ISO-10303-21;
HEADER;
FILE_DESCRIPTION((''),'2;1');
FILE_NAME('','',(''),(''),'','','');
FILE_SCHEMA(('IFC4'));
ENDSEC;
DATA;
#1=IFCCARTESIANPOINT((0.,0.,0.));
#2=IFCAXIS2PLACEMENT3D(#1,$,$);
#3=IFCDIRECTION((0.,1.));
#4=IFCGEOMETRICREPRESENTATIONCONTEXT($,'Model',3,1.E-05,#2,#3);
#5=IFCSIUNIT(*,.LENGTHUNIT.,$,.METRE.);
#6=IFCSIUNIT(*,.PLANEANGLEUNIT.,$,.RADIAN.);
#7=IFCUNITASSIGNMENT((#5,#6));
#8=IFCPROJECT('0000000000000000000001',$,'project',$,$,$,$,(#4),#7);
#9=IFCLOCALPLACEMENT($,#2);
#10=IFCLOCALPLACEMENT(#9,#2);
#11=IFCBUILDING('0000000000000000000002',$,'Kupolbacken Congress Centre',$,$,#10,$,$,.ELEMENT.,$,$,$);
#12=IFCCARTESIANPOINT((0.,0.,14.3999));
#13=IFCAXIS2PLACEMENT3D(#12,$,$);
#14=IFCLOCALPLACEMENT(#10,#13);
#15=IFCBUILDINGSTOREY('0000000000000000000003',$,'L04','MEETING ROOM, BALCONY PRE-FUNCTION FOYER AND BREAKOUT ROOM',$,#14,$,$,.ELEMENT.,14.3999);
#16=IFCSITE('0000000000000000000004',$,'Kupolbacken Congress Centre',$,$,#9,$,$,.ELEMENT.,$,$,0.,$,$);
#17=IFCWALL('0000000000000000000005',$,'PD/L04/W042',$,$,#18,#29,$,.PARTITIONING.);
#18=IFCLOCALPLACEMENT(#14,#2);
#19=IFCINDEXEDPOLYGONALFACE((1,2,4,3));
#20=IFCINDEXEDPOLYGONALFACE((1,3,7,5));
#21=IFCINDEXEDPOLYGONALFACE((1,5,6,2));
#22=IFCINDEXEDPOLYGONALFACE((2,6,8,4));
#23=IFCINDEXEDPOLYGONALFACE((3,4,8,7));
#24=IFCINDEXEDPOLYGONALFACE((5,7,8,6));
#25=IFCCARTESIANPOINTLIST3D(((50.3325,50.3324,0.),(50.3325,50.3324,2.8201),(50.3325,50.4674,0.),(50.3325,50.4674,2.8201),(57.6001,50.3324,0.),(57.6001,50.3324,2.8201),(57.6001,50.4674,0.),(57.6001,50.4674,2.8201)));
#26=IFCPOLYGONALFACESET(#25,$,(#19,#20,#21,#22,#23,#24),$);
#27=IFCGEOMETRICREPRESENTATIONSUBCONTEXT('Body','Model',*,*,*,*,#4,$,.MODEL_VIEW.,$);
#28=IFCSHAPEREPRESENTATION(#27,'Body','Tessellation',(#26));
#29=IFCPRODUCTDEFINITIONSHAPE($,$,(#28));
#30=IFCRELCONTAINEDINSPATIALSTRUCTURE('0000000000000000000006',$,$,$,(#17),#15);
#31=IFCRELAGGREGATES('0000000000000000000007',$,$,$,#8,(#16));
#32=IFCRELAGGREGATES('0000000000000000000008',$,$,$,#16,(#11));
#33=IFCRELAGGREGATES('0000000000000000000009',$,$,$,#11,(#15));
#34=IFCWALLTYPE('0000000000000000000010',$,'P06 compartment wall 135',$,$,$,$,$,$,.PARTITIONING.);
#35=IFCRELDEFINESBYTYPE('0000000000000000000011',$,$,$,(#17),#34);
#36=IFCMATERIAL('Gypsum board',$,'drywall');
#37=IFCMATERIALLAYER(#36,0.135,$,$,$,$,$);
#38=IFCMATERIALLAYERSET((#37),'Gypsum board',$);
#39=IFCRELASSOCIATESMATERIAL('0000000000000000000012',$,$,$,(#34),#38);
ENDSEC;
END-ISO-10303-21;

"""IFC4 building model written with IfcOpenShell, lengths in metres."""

from ifc_helpers import new_model, si_unit, direction, frame, frame_2d, origin, place, context, subcontext, project, spatial, rectangle, extrude, material, layer, layer_set, type_object, element, save


model = new_model("IFC4")

# Units and contexts
model_context = context("Model", 3, precision=1e-05, world=origin(), true_north=direction((0.0, 1.0)))
body_context = subcontext(model_context, "Body", "Model", "MODEL_VIEW")
ifc_project = project(units=[si_unit("LENGTHUNIT", "METRE"), si_unit("PLANEANGLEUNIT", "RADIAN")], contexts=[model_context])

# Site, building, storey
site_placement = place(None, origin())
site = spatial("IfcSite", under=ifc_project, at=site_placement, Name="Kupolbacken Congress Centre", CompositionType="ELEMENT", RefElevation=0.0)
building_placement = place(site_placement, origin())
building = spatial("IfcBuilding", under=site, at=building_placement, Name="Kupolbacken Congress Centre", CompositionType="ELEMENT")
storey_placement = place(building_placement, frame((0.0, 0.0, 14.3999)))
storey = spatial("IfcBuildingStorey", under=building, at=storey_placement, Name="L04", Description="MEETING ROOM, BALCONY PRE-FUNCTION FOYER AND BREAKOUT ROOM", CompositionType="ELEMENT", Elevation=14.3999)

# Wall
ifc_material_1 = material(Name="Gypsum board", Category="drywall")
ifc_layer_1 = layer(ifc_material_1, 0.135)
ifc_layer_set_1 = layer_set([ifc_layer_1], Name="Gypsum board")
wall_type_1 = type_object("IfcWallType", Name="P06 compartment wall 135", PredefinedType="PARTITIONING", material=ifc_layer_set_1)
wall_1_placement = place(storey_placement, frame((50.3325, 50.3999, 0.0), z_axis=(0.0, 0.0, 1.0), x_axis=(1.0, 0.0, 0.0)))
element("IfcWall", 1, at=wall_1_placement, inside=storey, type_object=wall_type_1, Name="PD/L04/W042", PredefinedType="PARTITIONING", context=body_context, shape_type="SweptSolid", body=[
    extrude(rectangle(XDim=7.2676, YDim=0.135, at=frame_2d((3.6338, 0.0))), origin(), (0.0, 0.0, 1.0), 2.8201),
])

save(model, "model.ifc")
